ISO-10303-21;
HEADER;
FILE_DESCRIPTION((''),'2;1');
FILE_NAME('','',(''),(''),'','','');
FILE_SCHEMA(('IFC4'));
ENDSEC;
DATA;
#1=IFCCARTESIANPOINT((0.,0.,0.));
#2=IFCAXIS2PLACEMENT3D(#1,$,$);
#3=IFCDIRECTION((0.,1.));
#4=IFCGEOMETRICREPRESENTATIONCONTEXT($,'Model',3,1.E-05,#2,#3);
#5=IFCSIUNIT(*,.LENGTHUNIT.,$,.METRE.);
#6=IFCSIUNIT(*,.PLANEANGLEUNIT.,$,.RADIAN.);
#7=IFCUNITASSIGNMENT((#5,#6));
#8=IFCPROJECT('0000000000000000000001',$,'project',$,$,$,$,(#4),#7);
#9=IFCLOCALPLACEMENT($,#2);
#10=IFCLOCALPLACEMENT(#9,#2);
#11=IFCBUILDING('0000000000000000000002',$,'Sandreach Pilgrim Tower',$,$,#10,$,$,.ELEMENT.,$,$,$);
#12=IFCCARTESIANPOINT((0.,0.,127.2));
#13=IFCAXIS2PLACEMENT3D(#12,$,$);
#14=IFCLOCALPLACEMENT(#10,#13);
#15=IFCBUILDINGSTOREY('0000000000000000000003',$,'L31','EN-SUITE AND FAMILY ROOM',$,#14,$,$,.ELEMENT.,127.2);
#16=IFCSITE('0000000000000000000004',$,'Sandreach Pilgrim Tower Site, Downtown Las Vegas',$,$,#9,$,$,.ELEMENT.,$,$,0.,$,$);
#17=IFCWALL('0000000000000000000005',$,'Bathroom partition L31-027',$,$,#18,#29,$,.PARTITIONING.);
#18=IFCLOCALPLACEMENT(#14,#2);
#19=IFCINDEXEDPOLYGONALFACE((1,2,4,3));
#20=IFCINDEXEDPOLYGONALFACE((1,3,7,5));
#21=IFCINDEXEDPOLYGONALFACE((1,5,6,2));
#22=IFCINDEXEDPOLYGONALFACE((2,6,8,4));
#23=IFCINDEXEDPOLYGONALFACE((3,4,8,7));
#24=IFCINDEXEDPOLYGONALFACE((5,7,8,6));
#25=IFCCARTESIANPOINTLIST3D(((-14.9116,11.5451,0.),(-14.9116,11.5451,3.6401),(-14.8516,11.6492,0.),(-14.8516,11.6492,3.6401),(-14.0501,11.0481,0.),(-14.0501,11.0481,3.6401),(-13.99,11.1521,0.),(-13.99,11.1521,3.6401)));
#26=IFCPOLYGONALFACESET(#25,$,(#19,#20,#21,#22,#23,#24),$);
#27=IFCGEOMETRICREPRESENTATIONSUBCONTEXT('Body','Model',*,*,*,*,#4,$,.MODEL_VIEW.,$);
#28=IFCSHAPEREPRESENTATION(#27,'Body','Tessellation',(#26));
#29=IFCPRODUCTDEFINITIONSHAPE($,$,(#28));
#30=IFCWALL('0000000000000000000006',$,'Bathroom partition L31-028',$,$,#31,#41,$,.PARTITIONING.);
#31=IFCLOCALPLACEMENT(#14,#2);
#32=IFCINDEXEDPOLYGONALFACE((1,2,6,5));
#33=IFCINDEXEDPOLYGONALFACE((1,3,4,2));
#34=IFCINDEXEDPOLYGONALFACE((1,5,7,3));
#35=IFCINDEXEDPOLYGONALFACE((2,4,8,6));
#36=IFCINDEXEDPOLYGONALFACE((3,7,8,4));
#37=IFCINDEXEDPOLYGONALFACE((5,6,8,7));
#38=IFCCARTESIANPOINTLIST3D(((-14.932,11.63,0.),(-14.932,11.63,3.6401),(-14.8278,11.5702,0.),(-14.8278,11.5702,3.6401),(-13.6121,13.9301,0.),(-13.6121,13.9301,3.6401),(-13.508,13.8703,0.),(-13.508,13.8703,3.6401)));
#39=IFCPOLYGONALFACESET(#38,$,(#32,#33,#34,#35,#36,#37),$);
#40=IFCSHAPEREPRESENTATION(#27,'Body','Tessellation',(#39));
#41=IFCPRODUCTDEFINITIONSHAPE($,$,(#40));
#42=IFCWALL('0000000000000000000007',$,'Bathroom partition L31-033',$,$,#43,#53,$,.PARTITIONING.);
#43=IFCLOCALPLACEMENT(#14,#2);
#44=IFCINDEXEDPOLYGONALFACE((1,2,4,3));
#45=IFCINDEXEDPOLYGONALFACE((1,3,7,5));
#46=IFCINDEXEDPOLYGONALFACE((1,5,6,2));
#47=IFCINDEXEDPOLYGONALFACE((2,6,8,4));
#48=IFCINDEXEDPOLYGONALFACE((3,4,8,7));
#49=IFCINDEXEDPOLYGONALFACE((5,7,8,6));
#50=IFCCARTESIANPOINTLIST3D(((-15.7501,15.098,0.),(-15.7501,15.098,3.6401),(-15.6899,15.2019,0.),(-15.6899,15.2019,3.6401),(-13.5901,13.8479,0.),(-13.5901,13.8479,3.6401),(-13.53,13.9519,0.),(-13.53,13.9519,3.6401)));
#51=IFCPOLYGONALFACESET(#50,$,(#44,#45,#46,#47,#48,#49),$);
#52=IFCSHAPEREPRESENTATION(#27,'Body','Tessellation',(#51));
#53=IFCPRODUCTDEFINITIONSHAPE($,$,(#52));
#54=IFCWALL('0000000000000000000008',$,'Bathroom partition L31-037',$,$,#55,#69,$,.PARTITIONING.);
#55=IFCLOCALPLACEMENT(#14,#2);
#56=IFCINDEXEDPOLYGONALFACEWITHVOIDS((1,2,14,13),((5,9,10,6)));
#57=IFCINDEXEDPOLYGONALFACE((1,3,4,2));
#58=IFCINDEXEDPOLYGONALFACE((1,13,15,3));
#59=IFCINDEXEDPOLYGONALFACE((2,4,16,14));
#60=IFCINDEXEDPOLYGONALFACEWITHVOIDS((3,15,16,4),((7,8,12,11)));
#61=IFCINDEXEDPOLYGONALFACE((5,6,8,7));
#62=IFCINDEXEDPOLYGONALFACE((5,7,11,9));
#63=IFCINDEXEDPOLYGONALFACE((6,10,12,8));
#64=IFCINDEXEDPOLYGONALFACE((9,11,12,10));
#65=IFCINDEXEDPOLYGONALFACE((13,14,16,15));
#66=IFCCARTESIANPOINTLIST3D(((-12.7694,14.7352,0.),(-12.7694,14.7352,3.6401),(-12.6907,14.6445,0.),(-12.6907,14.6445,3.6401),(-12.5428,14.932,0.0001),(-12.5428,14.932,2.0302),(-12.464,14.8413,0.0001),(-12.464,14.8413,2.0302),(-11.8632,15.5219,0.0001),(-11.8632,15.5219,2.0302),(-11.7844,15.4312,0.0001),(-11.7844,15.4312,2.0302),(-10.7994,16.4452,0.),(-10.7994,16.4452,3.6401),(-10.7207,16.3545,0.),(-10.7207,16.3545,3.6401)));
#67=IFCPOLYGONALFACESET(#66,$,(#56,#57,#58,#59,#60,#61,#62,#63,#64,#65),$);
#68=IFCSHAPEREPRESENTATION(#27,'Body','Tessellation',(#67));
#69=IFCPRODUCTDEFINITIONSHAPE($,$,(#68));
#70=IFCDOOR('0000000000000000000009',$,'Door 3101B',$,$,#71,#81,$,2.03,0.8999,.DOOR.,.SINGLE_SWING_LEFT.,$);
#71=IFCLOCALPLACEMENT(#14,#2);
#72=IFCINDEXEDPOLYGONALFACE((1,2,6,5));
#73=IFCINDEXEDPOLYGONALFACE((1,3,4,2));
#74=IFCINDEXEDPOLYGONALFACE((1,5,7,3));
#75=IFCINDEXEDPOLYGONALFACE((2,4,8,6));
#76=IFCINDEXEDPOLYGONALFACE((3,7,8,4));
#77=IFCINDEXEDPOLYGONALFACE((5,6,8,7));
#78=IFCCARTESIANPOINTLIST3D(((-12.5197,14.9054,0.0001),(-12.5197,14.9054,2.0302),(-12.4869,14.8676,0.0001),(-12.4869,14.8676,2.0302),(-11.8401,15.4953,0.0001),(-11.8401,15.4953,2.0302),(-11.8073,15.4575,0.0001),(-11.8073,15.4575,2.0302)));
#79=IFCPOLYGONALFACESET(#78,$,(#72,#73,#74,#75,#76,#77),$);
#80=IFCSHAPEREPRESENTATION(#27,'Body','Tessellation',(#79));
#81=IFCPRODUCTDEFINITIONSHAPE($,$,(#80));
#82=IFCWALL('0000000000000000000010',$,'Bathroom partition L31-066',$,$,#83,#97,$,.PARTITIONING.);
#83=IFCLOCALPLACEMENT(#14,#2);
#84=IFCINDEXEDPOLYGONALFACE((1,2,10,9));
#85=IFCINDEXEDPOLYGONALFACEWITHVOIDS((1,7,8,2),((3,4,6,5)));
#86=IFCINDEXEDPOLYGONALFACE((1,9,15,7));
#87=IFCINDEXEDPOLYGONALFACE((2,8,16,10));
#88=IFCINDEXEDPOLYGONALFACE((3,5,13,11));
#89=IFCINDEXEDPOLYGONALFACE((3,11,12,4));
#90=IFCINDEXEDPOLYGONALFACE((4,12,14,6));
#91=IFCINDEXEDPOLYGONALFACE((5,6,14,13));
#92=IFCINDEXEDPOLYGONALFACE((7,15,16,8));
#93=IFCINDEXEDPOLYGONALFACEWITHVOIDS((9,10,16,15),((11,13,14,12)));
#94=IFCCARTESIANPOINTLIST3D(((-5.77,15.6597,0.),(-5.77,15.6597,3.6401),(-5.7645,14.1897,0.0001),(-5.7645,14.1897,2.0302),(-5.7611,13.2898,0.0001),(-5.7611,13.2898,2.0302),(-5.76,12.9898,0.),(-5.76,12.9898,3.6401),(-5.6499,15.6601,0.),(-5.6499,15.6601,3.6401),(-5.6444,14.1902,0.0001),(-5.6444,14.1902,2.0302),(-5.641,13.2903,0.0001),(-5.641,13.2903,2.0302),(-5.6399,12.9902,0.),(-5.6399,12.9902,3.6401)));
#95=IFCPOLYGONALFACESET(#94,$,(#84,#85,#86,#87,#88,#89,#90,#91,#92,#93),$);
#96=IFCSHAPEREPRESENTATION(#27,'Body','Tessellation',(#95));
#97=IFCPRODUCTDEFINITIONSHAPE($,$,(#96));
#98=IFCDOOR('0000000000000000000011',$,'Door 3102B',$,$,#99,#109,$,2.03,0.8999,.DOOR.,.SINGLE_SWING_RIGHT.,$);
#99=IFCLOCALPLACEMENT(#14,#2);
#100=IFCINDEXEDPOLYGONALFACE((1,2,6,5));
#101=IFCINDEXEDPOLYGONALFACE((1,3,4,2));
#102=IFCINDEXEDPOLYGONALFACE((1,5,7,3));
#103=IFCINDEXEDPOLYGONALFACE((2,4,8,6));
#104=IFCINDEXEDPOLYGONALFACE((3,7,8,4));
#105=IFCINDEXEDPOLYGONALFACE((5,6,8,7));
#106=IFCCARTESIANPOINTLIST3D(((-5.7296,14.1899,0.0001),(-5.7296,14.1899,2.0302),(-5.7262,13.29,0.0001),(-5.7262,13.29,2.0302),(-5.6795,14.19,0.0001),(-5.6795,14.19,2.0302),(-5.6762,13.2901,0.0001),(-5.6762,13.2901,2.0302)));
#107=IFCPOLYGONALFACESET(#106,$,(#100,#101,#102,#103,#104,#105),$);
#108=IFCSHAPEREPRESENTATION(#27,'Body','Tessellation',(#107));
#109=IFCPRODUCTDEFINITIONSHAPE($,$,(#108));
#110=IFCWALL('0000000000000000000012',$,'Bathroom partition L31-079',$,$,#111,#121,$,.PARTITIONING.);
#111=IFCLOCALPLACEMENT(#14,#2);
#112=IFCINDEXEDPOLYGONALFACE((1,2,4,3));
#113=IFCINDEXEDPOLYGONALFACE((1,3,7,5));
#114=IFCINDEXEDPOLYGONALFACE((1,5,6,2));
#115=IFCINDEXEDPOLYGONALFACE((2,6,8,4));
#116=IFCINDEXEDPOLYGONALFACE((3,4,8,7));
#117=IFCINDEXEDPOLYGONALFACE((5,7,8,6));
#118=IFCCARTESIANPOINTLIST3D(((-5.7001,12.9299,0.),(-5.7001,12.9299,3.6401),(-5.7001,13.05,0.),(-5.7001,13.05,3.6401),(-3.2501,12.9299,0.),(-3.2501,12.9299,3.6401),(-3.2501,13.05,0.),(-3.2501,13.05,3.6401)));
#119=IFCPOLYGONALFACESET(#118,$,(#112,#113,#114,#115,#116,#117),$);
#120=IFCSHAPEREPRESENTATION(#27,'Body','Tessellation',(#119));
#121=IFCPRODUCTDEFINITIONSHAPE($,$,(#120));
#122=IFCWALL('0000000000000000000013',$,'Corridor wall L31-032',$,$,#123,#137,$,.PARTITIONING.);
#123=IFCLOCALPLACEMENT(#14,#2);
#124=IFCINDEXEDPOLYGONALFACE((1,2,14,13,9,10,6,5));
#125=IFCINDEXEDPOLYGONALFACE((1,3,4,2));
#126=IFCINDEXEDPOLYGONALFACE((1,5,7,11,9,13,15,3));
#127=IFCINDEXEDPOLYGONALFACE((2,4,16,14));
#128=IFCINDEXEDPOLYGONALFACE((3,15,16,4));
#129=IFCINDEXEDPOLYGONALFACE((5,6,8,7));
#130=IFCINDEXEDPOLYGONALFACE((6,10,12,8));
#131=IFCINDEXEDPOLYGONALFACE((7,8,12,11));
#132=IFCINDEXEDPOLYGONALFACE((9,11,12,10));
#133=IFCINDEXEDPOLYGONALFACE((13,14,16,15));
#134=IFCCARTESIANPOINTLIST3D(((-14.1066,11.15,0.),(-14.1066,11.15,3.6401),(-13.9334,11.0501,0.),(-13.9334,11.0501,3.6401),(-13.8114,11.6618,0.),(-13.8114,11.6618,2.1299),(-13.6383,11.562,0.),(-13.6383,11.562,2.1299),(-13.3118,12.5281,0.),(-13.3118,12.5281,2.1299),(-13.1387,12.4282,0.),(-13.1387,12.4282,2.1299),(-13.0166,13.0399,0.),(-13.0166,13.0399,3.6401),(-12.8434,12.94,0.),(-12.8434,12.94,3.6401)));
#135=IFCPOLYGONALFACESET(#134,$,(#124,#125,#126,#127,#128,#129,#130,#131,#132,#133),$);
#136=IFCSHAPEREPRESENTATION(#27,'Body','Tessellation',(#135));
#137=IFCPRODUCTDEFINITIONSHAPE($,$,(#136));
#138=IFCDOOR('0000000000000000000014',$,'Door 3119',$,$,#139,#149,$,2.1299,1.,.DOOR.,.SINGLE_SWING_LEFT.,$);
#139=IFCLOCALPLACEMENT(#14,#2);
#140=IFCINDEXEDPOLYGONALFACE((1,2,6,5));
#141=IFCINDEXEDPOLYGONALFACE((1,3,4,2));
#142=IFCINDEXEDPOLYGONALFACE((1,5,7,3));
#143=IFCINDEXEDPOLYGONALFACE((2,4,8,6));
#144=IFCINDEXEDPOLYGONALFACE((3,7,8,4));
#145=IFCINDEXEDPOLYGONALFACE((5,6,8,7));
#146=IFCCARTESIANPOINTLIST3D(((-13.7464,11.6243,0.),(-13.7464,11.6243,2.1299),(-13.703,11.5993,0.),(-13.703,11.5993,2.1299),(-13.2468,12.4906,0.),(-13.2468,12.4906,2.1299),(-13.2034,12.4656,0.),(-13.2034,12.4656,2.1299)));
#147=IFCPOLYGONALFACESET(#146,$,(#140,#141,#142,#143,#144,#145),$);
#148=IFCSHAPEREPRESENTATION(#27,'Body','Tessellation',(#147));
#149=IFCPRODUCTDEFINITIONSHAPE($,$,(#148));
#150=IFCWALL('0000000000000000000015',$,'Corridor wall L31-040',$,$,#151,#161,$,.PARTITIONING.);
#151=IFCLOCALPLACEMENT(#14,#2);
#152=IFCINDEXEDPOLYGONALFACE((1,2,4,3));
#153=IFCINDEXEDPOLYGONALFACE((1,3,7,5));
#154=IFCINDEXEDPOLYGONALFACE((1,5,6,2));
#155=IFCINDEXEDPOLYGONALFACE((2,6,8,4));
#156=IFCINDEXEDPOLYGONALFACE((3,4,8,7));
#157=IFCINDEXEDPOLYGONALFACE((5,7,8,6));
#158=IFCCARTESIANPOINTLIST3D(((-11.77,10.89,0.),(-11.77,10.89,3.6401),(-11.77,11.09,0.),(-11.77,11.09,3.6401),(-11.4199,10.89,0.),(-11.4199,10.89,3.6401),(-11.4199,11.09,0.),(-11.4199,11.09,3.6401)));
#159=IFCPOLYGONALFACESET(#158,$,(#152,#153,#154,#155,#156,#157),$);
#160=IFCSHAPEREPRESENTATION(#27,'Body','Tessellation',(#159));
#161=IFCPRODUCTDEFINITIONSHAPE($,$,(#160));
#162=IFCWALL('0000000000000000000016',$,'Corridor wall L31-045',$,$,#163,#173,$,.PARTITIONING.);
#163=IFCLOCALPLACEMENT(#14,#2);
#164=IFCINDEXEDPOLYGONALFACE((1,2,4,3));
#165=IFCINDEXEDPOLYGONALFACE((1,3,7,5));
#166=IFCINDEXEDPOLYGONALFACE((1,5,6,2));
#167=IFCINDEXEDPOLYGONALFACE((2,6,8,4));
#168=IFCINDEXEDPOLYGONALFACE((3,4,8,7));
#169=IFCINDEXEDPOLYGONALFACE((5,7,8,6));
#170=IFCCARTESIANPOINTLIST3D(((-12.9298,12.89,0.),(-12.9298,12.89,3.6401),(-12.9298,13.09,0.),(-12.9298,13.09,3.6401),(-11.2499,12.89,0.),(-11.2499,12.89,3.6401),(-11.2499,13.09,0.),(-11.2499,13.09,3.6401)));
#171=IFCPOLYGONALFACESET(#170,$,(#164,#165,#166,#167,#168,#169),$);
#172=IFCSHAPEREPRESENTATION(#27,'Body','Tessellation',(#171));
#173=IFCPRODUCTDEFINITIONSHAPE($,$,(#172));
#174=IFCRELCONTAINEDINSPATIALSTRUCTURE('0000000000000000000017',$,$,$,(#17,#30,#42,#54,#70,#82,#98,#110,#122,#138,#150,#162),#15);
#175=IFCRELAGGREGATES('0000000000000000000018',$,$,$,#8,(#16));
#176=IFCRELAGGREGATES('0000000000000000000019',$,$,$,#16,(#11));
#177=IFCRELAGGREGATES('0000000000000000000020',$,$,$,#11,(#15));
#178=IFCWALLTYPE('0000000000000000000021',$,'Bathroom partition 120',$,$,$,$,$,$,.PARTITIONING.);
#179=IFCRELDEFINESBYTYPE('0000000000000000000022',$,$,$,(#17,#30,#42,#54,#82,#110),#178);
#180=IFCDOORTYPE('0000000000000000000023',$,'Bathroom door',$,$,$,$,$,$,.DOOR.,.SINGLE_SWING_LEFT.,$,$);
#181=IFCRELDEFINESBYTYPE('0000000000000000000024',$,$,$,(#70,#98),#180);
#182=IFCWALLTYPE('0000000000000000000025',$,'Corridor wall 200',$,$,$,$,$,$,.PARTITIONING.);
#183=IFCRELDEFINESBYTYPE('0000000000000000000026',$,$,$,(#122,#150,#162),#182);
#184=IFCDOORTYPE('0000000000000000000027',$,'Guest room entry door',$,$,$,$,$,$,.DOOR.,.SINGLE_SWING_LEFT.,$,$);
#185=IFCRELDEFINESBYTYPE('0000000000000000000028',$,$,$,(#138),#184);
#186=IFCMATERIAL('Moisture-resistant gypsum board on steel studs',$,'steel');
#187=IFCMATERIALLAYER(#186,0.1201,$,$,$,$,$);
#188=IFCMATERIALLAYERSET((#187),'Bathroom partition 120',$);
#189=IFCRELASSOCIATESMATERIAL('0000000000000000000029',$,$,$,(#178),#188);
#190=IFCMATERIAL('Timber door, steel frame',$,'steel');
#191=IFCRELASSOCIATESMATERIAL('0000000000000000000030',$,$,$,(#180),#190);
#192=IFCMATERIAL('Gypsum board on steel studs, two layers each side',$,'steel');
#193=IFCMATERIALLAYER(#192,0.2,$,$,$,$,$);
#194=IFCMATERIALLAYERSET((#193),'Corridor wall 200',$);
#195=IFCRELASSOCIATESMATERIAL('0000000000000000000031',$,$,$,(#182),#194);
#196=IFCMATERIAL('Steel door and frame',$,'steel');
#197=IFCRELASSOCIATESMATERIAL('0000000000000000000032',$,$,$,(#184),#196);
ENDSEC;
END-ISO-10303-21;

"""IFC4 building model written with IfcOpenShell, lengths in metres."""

from ifc_helpers import new_model, si_unit, direction, frame, frame_2d, origin, place, context, subcontext, project, spatial, rectangle, extrude, material, layer, layer_set, type_object, element, fill, save


model = new_model("IFC4")

# Units and contexts
model_context = context("Model", 3, precision=1e-05, world=origin(), true_north=direction((0.0, 1.0)))
body_context = subcontext(model_context, "Body", "Model", "MODEL_VIEW")
ifc_project = project(units=[si_unit("LENGTHUNIT", "METRE"), si_unit("PLANEANGLEUNIT", "RADIAN")], contexts=[model_context])

# Site, building, storey
site_placement = place(None, origin())
site = spatial("IfcSite", under=ifc_project, at=site_placement, Name="Sandreach Pilgrim Tower Site, Downtown Las Vegas", CompositionType="ELEMENT", RefElevation=0.0)
building_placement = place(site_placement, origin())
building = spatial("IfcBuilding", under=site, at=building_placement, Name="Sandreach Pilgrim Tower", CompositionType="ELEMENT")
storey_placement = place(building_placement, frame((0.0, 0.0, 127.2)))
storey = spatial("IfcBuildingStorey", under=building, at=storey_placement, Name="L31", Description="EN-SUITE AND FAMILY ROOM", CompositionType="ELEMENT", Elevation=127.2)

# Walls
ifc_material_1 = material(Name="Moisture-resistant gypsum board on steel studs", Category="steel")
ifc_layer_1 = layer(ifc_material_1, 0.1201)
ifc_layer_set_1 = layer_set([ifc_layer_1], Name="Bathroom partition 120")
wall_type_1 = type_object("IfcWallType", Name="Bathroom partition 120", PredefinedType="PARTITIONING", material=ifc_layer_set_1)
wall_1_placement = place(storey_placement, frame((-14.8816, 11.5972, 0.0), z_axis=(0.0, 0.0, 1.0), x_axis=(0.866181, -0.49973, 0.0)))
element("IfcWall", 1, at=wall_1_placement, inside=storey, type_object=wall_type_1, Name="Bathroom partition L31-027", PredefinedType="PARTITIONING", context=body_context, shape_type="SweptSolid", body=[
    extrude(rectangle(XDim=0.9946, YDim=0.1201, at=frame_2d((0.4973, 0.0))), origin(), (0.0, 0.0, 1.0), 3.6401),
])
wall_2_placement = place(storey_placement, frame((-14.8799, 11.6001, 0.0), z_axis=(0.0, 0.0, 1.0), x_axis=(0.497705, 0.867347, 0.0)))
element("IfcWall", 2, at=wall_2_placement, inside=storey, type_object=wall_type_1, Name="Bathroom partition L31-028", PredefinedType="PARTITIONING", context=body_context, shape_type="SweptSolid", body=[
    extrude(rectangle(XDim=2.6519, YDim=0.1201, at=frame_2d((1.3259, 0.0))), origin(), (0.0, 0.0, 1.0), 3.6401),
])
wall_3_placement = place(storey_placement, frame((-13.5601, 13.8999, 0.0), z_axis=(0.0, 0.0, 1.0), x_axis=(-0.865509, 0.500894, 0.0)))
element("IfcWall", 3, at=wall_3_placement, inside=storey, type_object=wall_type_1, Name="Bathroom partition L31-033", PredefinedType="PARTITIONING", context=body_context, shape_type="SweptSolid", body=[
    extrude(rectangle(XDim=2.4956, YDim=0.1201, at=frame_2d((1.2478, 0.0))), origin(), (0.0, 0.0, 1.0), 3.6401),
])

# Walls, openings, doors
wall_4_placement = place(storey_placement, frame((-12.73, 14.6899, 0.0), z_axis=(0.0, 0.0, 1.0), x_axis=(0.755186, 0.655511, 0.0)))
wall_4 = element("IfcWall", 4, at=wall_4_placement, inside=storey, type_object=wall_type_1, Name="Bathroom partition L31-037", PredefinedType="PARTITIONING", context=body_context, shape_type="SweptSolid", body=[
    extrude(rectangle(XDim=2.6086, YDim=0.1201, at=frame_2d((1.3042, 0.0))), origin(), (0.0, 0.0, 1.0), 3.6401),
])
opening_1_placement = place(wall_4_placement, frame((0.3, 0.0, 0.0)))
opening_1 = element("IfcOpeningElement", 5, at=opening_1_placement, cuts=wall_4, PredefinedType="OPENING", context=body_context, shape_type="SweptSolid", body=[
    extrude(rectangle(XDim=0.8999, YDim=2.03, at=frame_2d((0.45, 1.0151))), frame((0.0, 0.0601, 0.0), z_axis=(0.0, -1.0, 0.0), x_axis=(1.0, 0.0, 0.0)), (0.0, 0.0, 1.0), 0.1201),
])
ifc_material_2 = material(Name="Timber door, steel frame", Category="steel")
door_type_1 = type_object("IfcDoorType", Name="Bathroom door", OperationType="SINGLE_SWING_LEFT", PredefinedType="DOOR", material=ifc_material_2)
door_1_placement = place(opening_1_placement, origin())
door_1 = element("IfcDoor", 6, at=door_1_placement, inside=storey, type_object=door_type_1, Name="Door 3101B", OperationType="SINGLE_SWING_LEFT", OverallHeight=2.03, OverallWidth=0.8999, PredefinedType="DOOR", context=body_context, shape_type="SweptSolid", body=[
    extrude(rectangle(XDim=0.8999, YDim=2.03, at=frame_2d((0.45, 1.0151))), frame((0.0, 0.0249, 0.0), z_axis=(0.0, -1.0, 0.0), x_axis=(1.0, 0.0, 0.0)), (0.0, 0.0, 1.0), 0.05),
])
fill(opening_1, door_1)
wall_5_placement = place(storey_placement, frame((-5.71, 15.6599, 0.0), z_axis=(0.0, 0.0, 1.0), x_axis=(0.003749, -0.999993, 0.0)))
wall_5 = element("IfcWall", 7, at=wall_5_placement, inside=storey, type_object=wall_type_1, Name="Bathroom partition L31-066", PredefinedType="PARTITIONING", context=body_context, shape_type="SweptSolid", body=[
    extrude(rectangle(XDim=2.6699, YDim=0.1201, at=frame_2d((1.335, 0.0))), origin(), (0.0, 0.0, 1.0), 3.6401),
])
opening_2_placement = place(wall_5_placement, frame((1.47, 0.0, 0.0)))
opening_2 = element("IfcOpeningElement", 8, at=opening_2_placement, cuts=wall_5, PredefinedType="OPENING", context=body_context, shape_type="SweptSolid", body=[
    extrude(rectangle(XDim=0.8999, YDim=2.03, at=frame_2d((0.45, 1.0151))), frame((0.0, 0.0601, 0.0), z_axis=(0.0, -1.0, 0.0), x_axis=(1.0, 0.0, 0.0)), (0.0, 0.0, 1.0), 0.1201),
])
door_2_placement = place(opening_2_placement, origin())
door_2 = element("IfcDoor", 9, at=door_2_placement, inside=storey, type_object=door_type_1, Name="Door 3102B", OperationType="SINGLE_SWING_RIGHT", OverallHeight=2.03, OverallWidth=0.8999, PredefinedType="DOOR", context=body_context, shape_type="SweptSolid", body=[
    extrude(rectangle(XDim=0.8999, YDim=2.03, at=frame_2d((0.45, 1.0151))), frame((0.0, 0.0249, 0.0), z_axis=(0.0, -1.0, 0.0), x_axis=(1.0, 0.0, 0.0)), (0.0, 0.0, 1.0), 0.05),
])
fill(opening_2, door_2)

# Wall
wall_6_placement = place(storey_placement, frame((-3.25, 12.99, 0.0), z_axis=(0.0, 0.0, 1.0), x_axis=(-1.0, 0.0, 0.0)))
element("IfcWall", 10, at=wall_6_placement, inside=storey, type_object=wall_type_1, Name="Bathroom partition L31-079", PredefinedType="PARTITIONING", context=body_context, shape_type="SweptSolid", body=[
    extrude(rectangle(XDim=2.45, YDim=0.1201, at=frame_2d((1.2251, 0.0))), origin(), (0.0, 0.0, 1.0), 3.6401),
])

# Wall, opening, door
ifc_material_3 = material(Name="Gypsum board on steel studs, two layers each side", Category="steel")
ifc_layer_2 = layer(ifc_material_3, 0.2)
ifc_layer_set_2 = layer_set([ifc_layer_2], Name="Corridor wall 200")
wall_type_2 = type_object("IfcWallType", Name="Corridor wall 200", PredefinedType="PARTITIONING", material=ifc_layer_set_2)
wall_7_placement = place(storey_placement, frame((-14.02, 11.1001, 0.0), z_axis=(0.0, 0.0, 1.0), x_axis=(0.499642, 0.866232, 0.0)))
wall_7 = element("IfcWall", 11, at=wall_7_placement, inside=storey, type_object=wall_type_2, Name="Corridor wall L31-032", PredefinedType="PARTITIONING", context=body_context, shape_type="SweptSolid", body=[
    extrude(rectangle(XDim=2.1816, YDim=0.2, at=frame_2d((1.0908, 0.0))), origin(), (0.0, 0.0, 1.0), 3.6401),
])
opening_3_placement = place(wall_7_placement, frame((0.5908, 0.0, 0.0)))
opening_3 = element("IfcOpeningElement", 12, at=opening_3_placement, cuts=wall_7, PredefinedType="OPENING", context=body_context, shape_type="SweptSolid", body=[
    extrude(rectangle(XDim=1.0, YDim=2.1299, at=frame_2d((0.5, 1.0649))), frame((0.0, 0.1001, 0.0), z_axis=(0.0, -1.0, 0.0), x_axis=(1.0, 0.0, 0.0)), (0.0, 0.0, 1.0), 0.2),
])
ifc_material_4 = material(Name="Steel door and frame", Category="steel")
door_type_2 = type_object("IfcDoorType", Name="Guest room entry door", OperationType="SINGLE_SWING_LEFT", PredefinedType="DOOR", material=ifc_material_4)
door_3_placement = place(opening_3_placement, origin())
door_3 = element("IfcDoor", 13, at=door_3_placement, inside=storey, type_object=door_type_2, Name="Door 3119", OperationType="SINGLE_SWING_LEFT", OverallHeight=2.1299, OverallWidth=1.0, PredefinedType="DOOR", context=body_context, shape_type="SweptSolid", body=[
    extrude(rectangle(XDim=1.0, YDim=2.1299, at=frame_2d((0.5, 1.0649))), frame((0.0, 0.0249, 0.0), z_axis=(0.0, -1.0, 0.0), x_axis=(1.0, 0.0, 0.0)), (0.0, 0.0, 1.0), 0.05),
])
fill(opening_3, door_3)

# Wall
wall_8_placement = place(storey_placement, frame((-11.77, 10.99, 0.0), z_axis=(0.0, 0.0, 1.0), x_axis=(1.0, 0.0, 0.0)))
element("IfcWall", 14, at=wall_8_placement, inside=storey, type_object=wall_type_2, Name="Corridor wall L31-040", PredefinedType="PARTITIONING", context=body_context, shape_type="SweptSolid", body=[
    extrude(rectangle(XDim=0.3501, YDim=0.2, at=frame_2d((0.175, 0.0))), origin(), (0.0, 0.0, 1.0), 3.6401),
])

# Wall
wall_9_placement = place(storey_placement, frame((-11.25, 12.99, 0.0), z_axis=(0.0, 0.0, 1.0), x_axis=(-1.0, 0.0, 0.0)))
element("IfcWall", 15, at=wall_9_placement, inside=storey, type_object=wall_type_2, Name="Corridor wall L31-045", PredefinedType="PARTITIONING", context=body_context, shape_type="SweptSolid", body=[
    extrude(rectangle(XDim=1.6799, YDim=0.2, at=frame_2d((0.8398, 0.0))), origin(), (0.0, 0.0, 1.0), 3.6401),
])

save(model, "model.ifc")
